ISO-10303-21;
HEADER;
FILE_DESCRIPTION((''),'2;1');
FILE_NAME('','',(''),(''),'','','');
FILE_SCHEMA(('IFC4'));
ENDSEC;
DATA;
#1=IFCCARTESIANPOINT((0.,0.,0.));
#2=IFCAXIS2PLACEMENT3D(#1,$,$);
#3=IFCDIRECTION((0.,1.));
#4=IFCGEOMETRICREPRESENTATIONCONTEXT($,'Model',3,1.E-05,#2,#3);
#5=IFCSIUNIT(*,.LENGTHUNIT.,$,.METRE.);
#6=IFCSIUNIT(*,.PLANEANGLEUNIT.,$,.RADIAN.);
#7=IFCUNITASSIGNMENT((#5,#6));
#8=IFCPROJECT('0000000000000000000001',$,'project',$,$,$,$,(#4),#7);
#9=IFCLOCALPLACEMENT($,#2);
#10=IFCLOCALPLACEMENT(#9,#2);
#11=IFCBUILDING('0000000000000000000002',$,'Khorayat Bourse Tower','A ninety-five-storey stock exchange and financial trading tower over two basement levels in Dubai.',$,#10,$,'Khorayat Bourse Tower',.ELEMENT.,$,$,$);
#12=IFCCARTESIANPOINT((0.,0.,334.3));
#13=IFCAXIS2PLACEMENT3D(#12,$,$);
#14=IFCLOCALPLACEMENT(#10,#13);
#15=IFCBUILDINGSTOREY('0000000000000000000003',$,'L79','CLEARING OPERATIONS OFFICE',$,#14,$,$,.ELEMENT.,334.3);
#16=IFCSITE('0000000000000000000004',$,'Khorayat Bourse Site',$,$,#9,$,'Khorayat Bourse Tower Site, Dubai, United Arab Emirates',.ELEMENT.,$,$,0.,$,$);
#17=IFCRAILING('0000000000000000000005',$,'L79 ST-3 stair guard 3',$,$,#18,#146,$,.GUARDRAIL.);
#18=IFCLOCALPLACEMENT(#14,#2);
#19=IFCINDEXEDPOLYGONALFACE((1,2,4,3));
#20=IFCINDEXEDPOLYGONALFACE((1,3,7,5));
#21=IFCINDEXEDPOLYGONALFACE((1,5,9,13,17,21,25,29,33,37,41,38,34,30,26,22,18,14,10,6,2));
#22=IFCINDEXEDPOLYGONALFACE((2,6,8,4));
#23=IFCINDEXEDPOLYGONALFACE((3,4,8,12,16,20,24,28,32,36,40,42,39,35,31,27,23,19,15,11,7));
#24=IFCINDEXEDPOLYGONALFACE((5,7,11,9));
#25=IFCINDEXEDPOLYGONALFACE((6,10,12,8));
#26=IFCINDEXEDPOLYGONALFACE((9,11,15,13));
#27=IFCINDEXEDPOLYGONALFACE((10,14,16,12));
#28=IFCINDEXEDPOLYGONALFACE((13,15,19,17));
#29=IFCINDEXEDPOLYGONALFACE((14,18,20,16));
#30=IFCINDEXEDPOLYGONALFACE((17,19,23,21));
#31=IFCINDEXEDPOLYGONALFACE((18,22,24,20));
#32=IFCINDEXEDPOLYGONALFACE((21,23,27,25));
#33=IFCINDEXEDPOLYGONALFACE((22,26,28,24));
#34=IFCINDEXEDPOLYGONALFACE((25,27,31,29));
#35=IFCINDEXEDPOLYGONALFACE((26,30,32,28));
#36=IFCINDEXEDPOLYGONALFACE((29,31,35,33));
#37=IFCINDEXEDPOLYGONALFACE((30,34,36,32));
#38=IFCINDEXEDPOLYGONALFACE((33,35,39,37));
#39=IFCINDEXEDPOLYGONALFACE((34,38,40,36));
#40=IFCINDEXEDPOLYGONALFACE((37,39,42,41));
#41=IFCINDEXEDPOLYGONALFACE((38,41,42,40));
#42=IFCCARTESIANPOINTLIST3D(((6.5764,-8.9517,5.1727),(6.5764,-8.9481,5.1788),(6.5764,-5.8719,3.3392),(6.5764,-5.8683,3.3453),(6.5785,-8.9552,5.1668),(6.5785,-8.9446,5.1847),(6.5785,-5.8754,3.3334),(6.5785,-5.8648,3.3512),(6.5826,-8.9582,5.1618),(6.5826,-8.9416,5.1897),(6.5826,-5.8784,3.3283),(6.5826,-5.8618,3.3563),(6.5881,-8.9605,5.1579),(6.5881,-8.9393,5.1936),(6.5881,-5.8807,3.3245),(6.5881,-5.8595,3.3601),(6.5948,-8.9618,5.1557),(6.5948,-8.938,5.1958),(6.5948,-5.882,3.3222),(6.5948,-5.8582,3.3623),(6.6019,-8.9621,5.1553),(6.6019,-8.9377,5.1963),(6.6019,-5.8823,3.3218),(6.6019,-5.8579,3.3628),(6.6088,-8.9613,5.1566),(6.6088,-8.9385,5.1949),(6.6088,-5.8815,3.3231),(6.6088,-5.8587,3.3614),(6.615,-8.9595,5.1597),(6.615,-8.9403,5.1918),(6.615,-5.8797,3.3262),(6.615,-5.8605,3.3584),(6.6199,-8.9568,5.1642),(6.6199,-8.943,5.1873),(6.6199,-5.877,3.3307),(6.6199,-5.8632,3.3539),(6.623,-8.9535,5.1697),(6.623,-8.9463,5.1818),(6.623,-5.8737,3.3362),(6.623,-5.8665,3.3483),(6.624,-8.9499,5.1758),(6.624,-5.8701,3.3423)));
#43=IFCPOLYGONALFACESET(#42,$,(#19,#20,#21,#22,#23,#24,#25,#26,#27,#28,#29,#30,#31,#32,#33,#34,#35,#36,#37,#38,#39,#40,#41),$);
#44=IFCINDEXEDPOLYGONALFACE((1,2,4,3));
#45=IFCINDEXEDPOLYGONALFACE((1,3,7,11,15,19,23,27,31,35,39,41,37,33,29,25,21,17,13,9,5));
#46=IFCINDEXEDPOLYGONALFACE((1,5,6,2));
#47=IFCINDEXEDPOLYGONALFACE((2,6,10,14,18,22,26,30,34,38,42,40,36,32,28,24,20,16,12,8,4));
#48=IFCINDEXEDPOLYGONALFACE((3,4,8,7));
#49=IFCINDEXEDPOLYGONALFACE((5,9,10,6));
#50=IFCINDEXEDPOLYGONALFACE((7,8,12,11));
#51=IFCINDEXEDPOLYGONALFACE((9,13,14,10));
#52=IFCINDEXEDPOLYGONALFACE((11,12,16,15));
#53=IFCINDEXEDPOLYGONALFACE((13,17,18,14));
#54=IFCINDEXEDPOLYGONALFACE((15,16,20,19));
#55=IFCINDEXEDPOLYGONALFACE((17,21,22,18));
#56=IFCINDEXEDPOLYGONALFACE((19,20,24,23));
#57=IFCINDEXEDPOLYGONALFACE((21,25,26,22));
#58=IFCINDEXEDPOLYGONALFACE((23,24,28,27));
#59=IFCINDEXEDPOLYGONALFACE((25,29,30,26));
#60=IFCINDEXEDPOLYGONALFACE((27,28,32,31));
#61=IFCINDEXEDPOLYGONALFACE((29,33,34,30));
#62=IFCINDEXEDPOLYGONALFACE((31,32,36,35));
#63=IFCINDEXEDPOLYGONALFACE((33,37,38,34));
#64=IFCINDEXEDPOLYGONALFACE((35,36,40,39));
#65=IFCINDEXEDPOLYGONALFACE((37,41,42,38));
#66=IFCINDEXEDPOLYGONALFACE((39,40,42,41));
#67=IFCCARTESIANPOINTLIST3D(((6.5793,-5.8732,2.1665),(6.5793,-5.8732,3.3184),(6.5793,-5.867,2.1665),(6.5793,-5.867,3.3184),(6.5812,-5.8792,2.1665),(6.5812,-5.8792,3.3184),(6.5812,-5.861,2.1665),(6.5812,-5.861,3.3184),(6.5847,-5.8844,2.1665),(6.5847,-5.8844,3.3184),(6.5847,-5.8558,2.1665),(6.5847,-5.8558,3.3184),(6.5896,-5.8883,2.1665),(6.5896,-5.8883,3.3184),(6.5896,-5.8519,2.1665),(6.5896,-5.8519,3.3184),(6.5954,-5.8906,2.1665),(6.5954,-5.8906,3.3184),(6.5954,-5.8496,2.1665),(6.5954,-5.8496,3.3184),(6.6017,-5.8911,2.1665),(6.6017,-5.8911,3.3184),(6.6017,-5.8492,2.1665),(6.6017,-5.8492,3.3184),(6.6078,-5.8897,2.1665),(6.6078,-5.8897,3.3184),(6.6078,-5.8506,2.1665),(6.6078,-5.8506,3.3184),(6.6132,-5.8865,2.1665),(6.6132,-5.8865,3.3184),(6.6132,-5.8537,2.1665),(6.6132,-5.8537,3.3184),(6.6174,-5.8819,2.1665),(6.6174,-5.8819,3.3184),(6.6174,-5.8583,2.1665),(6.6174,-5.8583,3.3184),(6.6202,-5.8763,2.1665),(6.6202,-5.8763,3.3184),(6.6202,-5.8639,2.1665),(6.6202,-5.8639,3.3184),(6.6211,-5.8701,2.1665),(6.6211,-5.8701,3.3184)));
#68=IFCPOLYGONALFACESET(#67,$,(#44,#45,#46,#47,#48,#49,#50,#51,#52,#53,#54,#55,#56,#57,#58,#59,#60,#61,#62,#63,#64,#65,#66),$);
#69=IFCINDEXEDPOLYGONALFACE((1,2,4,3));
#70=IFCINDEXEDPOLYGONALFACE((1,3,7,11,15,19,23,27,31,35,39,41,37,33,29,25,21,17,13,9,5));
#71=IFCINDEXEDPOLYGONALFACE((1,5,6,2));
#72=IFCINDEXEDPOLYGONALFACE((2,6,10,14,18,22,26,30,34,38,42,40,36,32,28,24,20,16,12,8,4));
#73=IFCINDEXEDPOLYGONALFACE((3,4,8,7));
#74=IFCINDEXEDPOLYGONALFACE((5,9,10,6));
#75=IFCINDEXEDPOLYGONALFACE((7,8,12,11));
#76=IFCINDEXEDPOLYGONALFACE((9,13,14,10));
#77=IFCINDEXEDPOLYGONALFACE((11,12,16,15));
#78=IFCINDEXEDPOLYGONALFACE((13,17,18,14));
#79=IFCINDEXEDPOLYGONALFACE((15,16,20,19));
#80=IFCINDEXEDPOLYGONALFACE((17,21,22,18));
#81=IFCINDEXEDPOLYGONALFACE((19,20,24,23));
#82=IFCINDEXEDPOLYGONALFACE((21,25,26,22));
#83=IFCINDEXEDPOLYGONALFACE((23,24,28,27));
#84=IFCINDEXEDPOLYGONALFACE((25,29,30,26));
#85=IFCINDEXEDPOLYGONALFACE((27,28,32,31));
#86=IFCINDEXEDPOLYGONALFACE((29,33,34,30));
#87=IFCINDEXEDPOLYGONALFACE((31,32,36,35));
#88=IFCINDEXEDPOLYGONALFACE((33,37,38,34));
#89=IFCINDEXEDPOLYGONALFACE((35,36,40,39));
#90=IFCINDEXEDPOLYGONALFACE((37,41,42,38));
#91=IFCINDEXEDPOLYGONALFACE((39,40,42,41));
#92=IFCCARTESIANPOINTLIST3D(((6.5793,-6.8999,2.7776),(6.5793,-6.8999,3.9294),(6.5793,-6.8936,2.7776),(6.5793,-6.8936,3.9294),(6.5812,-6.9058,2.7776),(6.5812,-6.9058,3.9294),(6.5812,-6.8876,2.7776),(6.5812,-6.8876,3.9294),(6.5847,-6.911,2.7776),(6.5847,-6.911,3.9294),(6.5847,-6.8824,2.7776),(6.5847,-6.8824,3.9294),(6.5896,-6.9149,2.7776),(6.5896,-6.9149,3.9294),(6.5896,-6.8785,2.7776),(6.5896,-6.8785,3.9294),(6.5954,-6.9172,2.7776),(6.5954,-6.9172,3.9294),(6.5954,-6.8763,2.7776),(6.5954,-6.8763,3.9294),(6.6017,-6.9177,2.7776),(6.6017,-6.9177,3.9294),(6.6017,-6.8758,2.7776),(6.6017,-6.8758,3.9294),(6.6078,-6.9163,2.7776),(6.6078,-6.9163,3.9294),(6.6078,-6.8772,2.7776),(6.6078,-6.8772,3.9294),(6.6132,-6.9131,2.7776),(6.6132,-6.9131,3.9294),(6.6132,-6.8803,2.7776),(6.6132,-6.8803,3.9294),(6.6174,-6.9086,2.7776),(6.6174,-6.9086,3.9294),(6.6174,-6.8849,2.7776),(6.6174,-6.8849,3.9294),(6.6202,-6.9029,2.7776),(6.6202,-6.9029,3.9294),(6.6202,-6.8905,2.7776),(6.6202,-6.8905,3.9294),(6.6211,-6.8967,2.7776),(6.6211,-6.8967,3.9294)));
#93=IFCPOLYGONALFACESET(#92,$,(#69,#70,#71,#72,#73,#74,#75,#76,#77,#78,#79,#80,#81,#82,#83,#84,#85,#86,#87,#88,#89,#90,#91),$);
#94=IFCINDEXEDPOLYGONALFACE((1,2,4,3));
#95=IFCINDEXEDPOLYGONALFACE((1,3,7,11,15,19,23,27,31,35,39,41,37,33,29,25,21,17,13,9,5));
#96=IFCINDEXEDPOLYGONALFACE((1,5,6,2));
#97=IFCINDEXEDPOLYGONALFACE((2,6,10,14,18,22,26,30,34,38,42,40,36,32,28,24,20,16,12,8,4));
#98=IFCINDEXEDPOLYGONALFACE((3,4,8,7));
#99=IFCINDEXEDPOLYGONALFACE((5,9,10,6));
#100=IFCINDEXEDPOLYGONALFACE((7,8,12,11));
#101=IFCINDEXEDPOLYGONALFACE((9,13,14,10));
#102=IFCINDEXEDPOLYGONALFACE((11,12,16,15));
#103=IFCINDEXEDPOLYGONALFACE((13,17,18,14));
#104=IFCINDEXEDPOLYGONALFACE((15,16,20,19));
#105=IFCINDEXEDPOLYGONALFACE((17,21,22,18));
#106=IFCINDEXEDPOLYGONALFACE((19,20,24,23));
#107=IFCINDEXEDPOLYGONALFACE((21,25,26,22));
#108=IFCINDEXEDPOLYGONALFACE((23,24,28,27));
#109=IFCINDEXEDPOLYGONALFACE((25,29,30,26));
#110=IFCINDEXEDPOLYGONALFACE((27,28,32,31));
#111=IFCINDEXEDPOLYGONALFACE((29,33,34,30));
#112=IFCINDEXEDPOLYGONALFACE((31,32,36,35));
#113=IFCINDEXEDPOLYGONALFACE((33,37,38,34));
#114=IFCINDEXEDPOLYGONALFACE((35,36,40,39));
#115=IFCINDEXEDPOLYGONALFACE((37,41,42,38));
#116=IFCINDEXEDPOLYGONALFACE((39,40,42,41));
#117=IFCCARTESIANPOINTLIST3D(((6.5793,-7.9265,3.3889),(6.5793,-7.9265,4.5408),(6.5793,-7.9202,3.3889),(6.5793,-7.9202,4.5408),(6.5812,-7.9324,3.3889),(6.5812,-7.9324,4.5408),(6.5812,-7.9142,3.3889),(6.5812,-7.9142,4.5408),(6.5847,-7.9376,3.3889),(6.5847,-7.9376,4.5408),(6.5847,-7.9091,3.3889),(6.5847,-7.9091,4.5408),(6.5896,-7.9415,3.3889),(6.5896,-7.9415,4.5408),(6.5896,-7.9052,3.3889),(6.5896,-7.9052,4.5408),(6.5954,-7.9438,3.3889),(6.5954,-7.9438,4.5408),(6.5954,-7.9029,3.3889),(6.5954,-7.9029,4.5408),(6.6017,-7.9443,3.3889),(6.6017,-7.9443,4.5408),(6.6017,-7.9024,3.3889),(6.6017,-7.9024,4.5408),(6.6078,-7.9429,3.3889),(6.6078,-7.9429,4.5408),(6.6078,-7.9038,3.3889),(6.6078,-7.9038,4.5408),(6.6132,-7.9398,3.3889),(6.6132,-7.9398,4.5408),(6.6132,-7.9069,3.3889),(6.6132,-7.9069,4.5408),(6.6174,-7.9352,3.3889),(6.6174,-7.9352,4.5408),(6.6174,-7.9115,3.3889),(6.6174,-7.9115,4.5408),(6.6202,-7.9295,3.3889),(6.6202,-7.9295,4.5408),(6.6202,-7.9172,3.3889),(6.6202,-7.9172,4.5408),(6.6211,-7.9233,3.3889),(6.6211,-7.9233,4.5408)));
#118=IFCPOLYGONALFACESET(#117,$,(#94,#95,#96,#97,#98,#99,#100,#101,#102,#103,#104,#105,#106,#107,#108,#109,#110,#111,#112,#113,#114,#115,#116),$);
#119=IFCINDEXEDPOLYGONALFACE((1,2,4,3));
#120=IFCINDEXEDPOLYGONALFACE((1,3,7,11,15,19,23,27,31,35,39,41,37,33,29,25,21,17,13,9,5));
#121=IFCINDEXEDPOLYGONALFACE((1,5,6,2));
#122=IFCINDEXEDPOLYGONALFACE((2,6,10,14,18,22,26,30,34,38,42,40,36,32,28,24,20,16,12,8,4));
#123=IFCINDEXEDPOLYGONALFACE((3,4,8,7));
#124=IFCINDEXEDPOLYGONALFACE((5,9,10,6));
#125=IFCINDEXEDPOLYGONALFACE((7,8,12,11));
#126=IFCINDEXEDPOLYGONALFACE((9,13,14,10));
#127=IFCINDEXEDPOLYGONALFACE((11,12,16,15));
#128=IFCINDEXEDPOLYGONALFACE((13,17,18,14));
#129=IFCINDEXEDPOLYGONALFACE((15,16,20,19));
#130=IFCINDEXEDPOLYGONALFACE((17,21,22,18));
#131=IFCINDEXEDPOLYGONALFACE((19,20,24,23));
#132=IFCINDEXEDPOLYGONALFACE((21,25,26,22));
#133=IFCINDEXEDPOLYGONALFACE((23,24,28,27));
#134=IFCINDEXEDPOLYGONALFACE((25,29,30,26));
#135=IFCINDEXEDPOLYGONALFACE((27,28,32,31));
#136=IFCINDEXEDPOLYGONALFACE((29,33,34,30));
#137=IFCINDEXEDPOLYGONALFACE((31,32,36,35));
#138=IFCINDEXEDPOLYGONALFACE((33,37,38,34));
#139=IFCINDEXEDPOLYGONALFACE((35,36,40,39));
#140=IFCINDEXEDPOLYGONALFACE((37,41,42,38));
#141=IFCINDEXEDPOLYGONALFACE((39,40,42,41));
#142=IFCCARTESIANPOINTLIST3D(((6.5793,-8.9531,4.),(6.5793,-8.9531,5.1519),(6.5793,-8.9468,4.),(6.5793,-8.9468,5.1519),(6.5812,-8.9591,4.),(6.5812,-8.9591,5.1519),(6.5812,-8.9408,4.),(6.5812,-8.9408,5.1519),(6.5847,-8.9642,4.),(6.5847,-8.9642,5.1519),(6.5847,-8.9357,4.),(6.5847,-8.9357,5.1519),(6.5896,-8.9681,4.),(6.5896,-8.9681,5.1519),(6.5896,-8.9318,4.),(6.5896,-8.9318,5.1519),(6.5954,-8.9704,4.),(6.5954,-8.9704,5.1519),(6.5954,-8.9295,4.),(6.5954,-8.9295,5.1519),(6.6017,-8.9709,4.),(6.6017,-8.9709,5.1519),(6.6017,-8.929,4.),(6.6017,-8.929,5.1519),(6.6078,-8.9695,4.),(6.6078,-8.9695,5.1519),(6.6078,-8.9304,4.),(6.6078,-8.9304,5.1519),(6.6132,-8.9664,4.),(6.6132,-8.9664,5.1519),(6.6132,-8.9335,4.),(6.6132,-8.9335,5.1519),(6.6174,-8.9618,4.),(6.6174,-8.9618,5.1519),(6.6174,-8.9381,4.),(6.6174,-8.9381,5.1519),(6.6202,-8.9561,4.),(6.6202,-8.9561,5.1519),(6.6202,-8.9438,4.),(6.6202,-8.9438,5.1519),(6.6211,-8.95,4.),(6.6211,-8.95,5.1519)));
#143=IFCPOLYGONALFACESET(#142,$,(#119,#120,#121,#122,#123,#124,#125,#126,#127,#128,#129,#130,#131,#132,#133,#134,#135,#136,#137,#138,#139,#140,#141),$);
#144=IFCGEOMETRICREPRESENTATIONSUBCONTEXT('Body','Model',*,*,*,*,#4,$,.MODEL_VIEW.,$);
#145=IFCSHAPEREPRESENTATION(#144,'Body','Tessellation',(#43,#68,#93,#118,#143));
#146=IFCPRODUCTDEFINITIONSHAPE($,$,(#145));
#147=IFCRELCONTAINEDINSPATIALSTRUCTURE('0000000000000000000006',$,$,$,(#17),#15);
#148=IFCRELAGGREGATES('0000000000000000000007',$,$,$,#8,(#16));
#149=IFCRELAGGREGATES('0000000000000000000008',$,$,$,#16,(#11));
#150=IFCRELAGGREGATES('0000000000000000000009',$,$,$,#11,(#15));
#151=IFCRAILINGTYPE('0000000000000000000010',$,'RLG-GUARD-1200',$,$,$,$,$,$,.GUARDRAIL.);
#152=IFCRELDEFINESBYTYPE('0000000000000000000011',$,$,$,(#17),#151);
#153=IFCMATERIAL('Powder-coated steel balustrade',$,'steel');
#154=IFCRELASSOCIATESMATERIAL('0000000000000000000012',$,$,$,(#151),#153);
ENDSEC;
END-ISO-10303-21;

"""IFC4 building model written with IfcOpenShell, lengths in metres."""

from ifc_helpers import new_model, si_unit, direction, frame, origin, origin_2d, place, context, subcontext, project, spatial, circle, extrude, source, transform, mapped, material, type_object, element, save


model = new_model("IFC4")

# Units and contexts
model_context = context("Model", 3, precision=1e-05, world=origin(), true_north=direction((0.0, 1.0)))
body_context = subcontext(model_context, "Body", "Model", "MODEL_VIEW")
ifc_project = project(units=[si_unit("LENGTHUNIT", "METRE"), si_unit("PLANEANGLEUNIT", "RADIAN")], contexts=[model_context])

# Site, building, storey
site_placement = place(None, origin())
site = spatial("IfcSite", under=ifc_project, at=site_placement, Name="Khorayat Bourse Site", LongName="Khorayat Bourse Tower Site, Dubai, United Arab Emirates", CompositionType="ELEMENT", RefElevation=0.0)
building_placement = place(site_placement, origin())
building = spatial("IfcBuilding", under=site, at=building_placement, Name="Khorayat Bourse Tower", Description="A ninety-five-storey stock exchange and financial trading tower over two basement levels in Dubai.", LongName="Khorayat Bourse Tower", CompositionType="ELEMENT")
storey_placement = place(building_placement, frame((0.0, 0.0, 334.3)))
storey = spatial("IfcBuildingStorey", under=building, at=storey_placement, Name="L79", Description="CLEARING OPERATIONS OFFICE", CompositionType="ELEMENT", Elevation=334.3)

# Railing
ifc_material_1 = material(Name="Powder-coated steel balustrade", Category="steel")
railing_type_1 = type_object("IfcRailingType", Name="RLG-GUARD-1200", PredefinedType="GUARDRAIL", material=ifc_material_1)
shared_shape_1 = source(origin(), body_context, "Body", "SweptSolid", [
    extrude(circle(Radius=0.0239, at=origin_2d()), frame((0.0, 0.0, 1.1758), z_axis=(0.0, -0.859261, 0.511538), x_axis=(1.0, 0.0, 0.0)), (0.0, 0.0, 1.0), 3.5842),
    extrude(circle(Radius=0.021, at=origin_2d()), origin(), (0.0, 0.0, 1.0), 1.1519),
    extrude(circle(Radius=0.021, at=origin_2d()), frame((0.0, -1.0266, 0.6111)), (0.0, 0.0, 1.0), 1.1519),
    extrude(circle(Radius=0.021, at=origin_2d()), frame((0.0, -2.0532, 1.2224)), (0.0, 0.0, 1.0), 1.1519),
    extrude(circle(Radius=0.021, at=origin_2d()), frame((0.0, -3.0798, 1.8335)), (0.0, 0.0, 1.0), 1.1519),
])
railing_1_placement = place(storey_placement, frame((6.6001, -5.8701, 2.1665)))
element("IfcRailing", 1, at=railing_1_placement, inside=storey, type_object=railing_type_1, Name="L79 ST-3 stair guard 3", PredefinedType="GUARDRAIL", context=body_context, shape_type="MappedRepresentation", body=[
    mapped(shared_shape_1, transform((0.0, 0.0, 0.0), scale=1.0)),
])

save(model, "model.ifc")
